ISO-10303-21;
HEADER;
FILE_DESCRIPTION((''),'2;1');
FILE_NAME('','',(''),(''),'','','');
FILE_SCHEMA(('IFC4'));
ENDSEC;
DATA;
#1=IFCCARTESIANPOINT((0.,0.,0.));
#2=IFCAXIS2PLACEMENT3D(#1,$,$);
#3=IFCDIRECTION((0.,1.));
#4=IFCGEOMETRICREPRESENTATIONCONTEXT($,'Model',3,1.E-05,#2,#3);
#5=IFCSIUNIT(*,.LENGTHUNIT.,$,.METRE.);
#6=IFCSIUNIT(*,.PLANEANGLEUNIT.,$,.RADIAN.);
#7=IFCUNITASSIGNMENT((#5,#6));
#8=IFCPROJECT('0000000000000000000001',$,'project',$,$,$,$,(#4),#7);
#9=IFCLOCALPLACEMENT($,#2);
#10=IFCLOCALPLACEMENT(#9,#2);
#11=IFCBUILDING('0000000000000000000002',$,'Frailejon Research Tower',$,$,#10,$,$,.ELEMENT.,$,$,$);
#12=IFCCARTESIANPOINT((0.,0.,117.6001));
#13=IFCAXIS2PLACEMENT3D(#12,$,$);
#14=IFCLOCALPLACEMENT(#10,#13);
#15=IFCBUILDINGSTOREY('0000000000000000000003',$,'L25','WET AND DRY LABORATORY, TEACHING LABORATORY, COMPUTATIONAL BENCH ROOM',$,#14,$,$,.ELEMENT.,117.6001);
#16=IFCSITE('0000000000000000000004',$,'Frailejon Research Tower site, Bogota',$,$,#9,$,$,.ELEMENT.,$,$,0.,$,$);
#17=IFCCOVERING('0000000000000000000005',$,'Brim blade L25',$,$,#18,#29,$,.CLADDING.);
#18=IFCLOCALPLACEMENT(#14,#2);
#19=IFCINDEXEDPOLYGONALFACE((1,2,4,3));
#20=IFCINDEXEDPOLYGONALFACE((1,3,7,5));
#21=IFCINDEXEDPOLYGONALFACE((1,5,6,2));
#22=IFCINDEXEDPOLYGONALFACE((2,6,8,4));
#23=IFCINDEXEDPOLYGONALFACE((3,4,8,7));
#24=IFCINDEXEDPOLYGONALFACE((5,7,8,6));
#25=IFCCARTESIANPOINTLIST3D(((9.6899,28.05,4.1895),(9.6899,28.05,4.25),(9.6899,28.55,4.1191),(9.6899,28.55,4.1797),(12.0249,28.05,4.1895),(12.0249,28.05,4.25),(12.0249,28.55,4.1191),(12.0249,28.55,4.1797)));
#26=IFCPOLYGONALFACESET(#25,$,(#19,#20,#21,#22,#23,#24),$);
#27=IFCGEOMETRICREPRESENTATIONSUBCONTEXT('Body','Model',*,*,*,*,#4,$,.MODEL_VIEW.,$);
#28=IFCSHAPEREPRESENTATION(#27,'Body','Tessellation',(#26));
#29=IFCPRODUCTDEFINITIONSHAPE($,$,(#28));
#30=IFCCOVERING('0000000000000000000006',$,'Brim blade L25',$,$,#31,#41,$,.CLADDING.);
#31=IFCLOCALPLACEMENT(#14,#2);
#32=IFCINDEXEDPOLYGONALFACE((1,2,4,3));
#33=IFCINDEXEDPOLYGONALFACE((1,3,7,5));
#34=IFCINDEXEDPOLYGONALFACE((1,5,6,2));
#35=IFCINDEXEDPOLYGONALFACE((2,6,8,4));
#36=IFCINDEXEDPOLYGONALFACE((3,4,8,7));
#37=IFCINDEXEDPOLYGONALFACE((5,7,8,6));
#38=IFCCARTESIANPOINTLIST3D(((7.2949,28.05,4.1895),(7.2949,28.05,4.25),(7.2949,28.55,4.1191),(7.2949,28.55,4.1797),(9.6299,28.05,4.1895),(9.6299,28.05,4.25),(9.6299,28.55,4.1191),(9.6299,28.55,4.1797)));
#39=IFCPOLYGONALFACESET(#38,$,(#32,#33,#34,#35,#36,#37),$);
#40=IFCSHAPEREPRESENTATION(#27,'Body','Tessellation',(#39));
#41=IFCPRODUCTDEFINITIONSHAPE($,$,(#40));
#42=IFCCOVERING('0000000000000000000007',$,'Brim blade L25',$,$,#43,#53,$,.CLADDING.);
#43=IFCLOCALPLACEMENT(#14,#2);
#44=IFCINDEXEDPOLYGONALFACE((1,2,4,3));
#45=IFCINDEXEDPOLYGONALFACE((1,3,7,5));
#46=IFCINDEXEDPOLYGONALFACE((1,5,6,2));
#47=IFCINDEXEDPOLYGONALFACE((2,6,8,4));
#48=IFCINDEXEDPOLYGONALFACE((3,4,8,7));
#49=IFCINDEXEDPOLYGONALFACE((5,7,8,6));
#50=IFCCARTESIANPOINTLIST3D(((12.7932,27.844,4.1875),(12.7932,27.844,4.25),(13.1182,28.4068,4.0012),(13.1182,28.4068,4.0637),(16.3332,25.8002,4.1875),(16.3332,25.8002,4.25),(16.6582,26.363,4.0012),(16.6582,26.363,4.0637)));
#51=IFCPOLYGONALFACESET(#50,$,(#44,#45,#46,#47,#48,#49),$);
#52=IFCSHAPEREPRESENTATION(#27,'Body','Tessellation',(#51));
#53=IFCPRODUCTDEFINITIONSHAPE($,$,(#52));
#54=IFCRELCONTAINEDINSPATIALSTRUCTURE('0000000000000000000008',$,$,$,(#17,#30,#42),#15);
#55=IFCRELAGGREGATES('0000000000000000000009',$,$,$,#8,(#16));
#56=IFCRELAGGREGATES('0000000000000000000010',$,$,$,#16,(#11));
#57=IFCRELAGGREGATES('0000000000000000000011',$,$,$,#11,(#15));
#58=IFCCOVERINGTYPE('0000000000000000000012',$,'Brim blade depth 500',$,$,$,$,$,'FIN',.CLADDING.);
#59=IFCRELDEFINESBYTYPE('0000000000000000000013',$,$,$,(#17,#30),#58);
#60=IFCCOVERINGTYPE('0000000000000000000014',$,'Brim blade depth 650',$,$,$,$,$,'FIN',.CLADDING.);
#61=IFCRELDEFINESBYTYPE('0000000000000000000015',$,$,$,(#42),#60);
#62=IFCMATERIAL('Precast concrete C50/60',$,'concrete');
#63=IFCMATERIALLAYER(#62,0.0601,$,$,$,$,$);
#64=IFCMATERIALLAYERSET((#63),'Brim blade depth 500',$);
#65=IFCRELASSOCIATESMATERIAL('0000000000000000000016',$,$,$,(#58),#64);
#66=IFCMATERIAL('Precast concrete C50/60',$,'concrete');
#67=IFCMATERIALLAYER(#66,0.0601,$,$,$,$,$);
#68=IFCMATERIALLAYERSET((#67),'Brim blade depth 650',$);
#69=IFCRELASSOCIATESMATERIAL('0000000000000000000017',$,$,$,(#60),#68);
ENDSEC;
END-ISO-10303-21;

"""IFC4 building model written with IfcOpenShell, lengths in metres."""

from ifc_helpers import new_model, si_unit, direction, frame, origin, place, context, subcontext, project, spatial, polyline, outline, extrude, material, layer, layer_set, type_object, element, save


model = new_model("IFC4")

# Units and contexts
model_context = context("Model", 3, precision=1e-05, world=origin(), true_north=direction((0.0, 1.0)))
body_context = subcontext(model_context, "Body", "Model", "MODEL_VIEW")
ifc_project = project(units=[si_unit("LENGTHUNIT", "METRE"), si_unit("PLANEANGLEUNIT", "RADIAN")], contexts=[model_context])

# Site, building, storey
site_placement = place(None, origin())
site = spatial("IfcSite", under=ifc_project, at=site_placement, Name="Frailejon Research Tower site, Bogota", CompositionType="ELEMENT", RefElevation=0.0)
building_placement = place(site_placement, origin())
building = spatial("IfcBuilding", under=site, at=building_placement, Name="Frailejon Research Tower", CompositionType="ELEMENT")
storey_placement = place(building_placement, frame((0.0, 0.0, 117.6001)))
storey = spatial("IfcBuildingStorey", under=building, at=storey_placement, Name="L25", Description="WET AND DRY LABORATORY, TEACHING LABORATORY, COMPUTATIONAL BENCH ROOM", CompositionType="ELEMENT", Elevation=117.6001)

# Coverings
ifc_material_1 = material(Name="Precast concrete C50/60", Category="concrete")
ifc_layer_1 = layer(ifc_material_1, 0.0601)
ifc_layer_set_1 = layer_set([ifc_layer_1], Name="Brim blade depth 500")
covering_type_1 = type_object("IfcCoveringType", Name="Brim blade depth 500", ElementType="FIN", PredefinedType="CLADDING", material=ifc_layer_set_1)
for number, where, z_axis, x_axis, name in (
    (1, (9.6899, 28.05, 4.25), (1.0, 0.0, 0.0), (0.0, 1.0, 0.0), "Brim blade L25"),
    (2, (7.2949, 28.05, 4.25), (1.0, 0.0, 0.0), (0.0, 1.0, 0.0), "Brim blade L25"),
):
    element("IfcCovering", number, at=place(storey_placement, frame(where, z_axis=z_axis, x_axis=x_axis)), inside=storey, type_object=covering_type_1, Name=name, PredefinedType="CLADDING", context=body_context, shape_type="SweptSolid", body=[
        extrude(outline(polyline([(0.0, -0.0605), (0.5, -0.1309), (0.5, -0.0703), (0.0, 0.0), (0.0, -0.0605)])), origin(), (0.0, 0.0, 1.0), 2.335),
    ])
ifc_material_2 = material(Name="Precast concrete C50/60", Category="concrete")
ifc_layer_2 = layer(ifc_material_2, 0.0601)
ifc_layer_set_2 = layer_set([ifc_layer_2], Name="Brim blade depth 650")
covering_type_2 = type_object("IfcCoveringType", Name="Brim blade depth 650", ElementType="FIN", PredefinedType="CLADDING", material=ifc_layer_set_2)
covering_placement = place(storey_placement, frame((12.7932, 27.844, 4.25), z_axis=(0.866027, -0.499997, 0.0), x_axis=(0.499997, 0.866027, 0.0)))
element("IfcCovering", 3, at=covering_placement, inside=storey, type_object=covering_type_2, Name="Brim blade L25", PredefinedType="CLADDING", context=body_context, shape_type="SweptSolid", body=[
    extrude(outline(polyline([(0.0, -0.0625), (0.6499, -0.2488), (0.6499, -0.1863), (0.0, 0.0), (0.0, -0.0625)])), origin(), (0.0, 0.0, 1.0), 4.0876),
])

save(model, "model.ifc")
